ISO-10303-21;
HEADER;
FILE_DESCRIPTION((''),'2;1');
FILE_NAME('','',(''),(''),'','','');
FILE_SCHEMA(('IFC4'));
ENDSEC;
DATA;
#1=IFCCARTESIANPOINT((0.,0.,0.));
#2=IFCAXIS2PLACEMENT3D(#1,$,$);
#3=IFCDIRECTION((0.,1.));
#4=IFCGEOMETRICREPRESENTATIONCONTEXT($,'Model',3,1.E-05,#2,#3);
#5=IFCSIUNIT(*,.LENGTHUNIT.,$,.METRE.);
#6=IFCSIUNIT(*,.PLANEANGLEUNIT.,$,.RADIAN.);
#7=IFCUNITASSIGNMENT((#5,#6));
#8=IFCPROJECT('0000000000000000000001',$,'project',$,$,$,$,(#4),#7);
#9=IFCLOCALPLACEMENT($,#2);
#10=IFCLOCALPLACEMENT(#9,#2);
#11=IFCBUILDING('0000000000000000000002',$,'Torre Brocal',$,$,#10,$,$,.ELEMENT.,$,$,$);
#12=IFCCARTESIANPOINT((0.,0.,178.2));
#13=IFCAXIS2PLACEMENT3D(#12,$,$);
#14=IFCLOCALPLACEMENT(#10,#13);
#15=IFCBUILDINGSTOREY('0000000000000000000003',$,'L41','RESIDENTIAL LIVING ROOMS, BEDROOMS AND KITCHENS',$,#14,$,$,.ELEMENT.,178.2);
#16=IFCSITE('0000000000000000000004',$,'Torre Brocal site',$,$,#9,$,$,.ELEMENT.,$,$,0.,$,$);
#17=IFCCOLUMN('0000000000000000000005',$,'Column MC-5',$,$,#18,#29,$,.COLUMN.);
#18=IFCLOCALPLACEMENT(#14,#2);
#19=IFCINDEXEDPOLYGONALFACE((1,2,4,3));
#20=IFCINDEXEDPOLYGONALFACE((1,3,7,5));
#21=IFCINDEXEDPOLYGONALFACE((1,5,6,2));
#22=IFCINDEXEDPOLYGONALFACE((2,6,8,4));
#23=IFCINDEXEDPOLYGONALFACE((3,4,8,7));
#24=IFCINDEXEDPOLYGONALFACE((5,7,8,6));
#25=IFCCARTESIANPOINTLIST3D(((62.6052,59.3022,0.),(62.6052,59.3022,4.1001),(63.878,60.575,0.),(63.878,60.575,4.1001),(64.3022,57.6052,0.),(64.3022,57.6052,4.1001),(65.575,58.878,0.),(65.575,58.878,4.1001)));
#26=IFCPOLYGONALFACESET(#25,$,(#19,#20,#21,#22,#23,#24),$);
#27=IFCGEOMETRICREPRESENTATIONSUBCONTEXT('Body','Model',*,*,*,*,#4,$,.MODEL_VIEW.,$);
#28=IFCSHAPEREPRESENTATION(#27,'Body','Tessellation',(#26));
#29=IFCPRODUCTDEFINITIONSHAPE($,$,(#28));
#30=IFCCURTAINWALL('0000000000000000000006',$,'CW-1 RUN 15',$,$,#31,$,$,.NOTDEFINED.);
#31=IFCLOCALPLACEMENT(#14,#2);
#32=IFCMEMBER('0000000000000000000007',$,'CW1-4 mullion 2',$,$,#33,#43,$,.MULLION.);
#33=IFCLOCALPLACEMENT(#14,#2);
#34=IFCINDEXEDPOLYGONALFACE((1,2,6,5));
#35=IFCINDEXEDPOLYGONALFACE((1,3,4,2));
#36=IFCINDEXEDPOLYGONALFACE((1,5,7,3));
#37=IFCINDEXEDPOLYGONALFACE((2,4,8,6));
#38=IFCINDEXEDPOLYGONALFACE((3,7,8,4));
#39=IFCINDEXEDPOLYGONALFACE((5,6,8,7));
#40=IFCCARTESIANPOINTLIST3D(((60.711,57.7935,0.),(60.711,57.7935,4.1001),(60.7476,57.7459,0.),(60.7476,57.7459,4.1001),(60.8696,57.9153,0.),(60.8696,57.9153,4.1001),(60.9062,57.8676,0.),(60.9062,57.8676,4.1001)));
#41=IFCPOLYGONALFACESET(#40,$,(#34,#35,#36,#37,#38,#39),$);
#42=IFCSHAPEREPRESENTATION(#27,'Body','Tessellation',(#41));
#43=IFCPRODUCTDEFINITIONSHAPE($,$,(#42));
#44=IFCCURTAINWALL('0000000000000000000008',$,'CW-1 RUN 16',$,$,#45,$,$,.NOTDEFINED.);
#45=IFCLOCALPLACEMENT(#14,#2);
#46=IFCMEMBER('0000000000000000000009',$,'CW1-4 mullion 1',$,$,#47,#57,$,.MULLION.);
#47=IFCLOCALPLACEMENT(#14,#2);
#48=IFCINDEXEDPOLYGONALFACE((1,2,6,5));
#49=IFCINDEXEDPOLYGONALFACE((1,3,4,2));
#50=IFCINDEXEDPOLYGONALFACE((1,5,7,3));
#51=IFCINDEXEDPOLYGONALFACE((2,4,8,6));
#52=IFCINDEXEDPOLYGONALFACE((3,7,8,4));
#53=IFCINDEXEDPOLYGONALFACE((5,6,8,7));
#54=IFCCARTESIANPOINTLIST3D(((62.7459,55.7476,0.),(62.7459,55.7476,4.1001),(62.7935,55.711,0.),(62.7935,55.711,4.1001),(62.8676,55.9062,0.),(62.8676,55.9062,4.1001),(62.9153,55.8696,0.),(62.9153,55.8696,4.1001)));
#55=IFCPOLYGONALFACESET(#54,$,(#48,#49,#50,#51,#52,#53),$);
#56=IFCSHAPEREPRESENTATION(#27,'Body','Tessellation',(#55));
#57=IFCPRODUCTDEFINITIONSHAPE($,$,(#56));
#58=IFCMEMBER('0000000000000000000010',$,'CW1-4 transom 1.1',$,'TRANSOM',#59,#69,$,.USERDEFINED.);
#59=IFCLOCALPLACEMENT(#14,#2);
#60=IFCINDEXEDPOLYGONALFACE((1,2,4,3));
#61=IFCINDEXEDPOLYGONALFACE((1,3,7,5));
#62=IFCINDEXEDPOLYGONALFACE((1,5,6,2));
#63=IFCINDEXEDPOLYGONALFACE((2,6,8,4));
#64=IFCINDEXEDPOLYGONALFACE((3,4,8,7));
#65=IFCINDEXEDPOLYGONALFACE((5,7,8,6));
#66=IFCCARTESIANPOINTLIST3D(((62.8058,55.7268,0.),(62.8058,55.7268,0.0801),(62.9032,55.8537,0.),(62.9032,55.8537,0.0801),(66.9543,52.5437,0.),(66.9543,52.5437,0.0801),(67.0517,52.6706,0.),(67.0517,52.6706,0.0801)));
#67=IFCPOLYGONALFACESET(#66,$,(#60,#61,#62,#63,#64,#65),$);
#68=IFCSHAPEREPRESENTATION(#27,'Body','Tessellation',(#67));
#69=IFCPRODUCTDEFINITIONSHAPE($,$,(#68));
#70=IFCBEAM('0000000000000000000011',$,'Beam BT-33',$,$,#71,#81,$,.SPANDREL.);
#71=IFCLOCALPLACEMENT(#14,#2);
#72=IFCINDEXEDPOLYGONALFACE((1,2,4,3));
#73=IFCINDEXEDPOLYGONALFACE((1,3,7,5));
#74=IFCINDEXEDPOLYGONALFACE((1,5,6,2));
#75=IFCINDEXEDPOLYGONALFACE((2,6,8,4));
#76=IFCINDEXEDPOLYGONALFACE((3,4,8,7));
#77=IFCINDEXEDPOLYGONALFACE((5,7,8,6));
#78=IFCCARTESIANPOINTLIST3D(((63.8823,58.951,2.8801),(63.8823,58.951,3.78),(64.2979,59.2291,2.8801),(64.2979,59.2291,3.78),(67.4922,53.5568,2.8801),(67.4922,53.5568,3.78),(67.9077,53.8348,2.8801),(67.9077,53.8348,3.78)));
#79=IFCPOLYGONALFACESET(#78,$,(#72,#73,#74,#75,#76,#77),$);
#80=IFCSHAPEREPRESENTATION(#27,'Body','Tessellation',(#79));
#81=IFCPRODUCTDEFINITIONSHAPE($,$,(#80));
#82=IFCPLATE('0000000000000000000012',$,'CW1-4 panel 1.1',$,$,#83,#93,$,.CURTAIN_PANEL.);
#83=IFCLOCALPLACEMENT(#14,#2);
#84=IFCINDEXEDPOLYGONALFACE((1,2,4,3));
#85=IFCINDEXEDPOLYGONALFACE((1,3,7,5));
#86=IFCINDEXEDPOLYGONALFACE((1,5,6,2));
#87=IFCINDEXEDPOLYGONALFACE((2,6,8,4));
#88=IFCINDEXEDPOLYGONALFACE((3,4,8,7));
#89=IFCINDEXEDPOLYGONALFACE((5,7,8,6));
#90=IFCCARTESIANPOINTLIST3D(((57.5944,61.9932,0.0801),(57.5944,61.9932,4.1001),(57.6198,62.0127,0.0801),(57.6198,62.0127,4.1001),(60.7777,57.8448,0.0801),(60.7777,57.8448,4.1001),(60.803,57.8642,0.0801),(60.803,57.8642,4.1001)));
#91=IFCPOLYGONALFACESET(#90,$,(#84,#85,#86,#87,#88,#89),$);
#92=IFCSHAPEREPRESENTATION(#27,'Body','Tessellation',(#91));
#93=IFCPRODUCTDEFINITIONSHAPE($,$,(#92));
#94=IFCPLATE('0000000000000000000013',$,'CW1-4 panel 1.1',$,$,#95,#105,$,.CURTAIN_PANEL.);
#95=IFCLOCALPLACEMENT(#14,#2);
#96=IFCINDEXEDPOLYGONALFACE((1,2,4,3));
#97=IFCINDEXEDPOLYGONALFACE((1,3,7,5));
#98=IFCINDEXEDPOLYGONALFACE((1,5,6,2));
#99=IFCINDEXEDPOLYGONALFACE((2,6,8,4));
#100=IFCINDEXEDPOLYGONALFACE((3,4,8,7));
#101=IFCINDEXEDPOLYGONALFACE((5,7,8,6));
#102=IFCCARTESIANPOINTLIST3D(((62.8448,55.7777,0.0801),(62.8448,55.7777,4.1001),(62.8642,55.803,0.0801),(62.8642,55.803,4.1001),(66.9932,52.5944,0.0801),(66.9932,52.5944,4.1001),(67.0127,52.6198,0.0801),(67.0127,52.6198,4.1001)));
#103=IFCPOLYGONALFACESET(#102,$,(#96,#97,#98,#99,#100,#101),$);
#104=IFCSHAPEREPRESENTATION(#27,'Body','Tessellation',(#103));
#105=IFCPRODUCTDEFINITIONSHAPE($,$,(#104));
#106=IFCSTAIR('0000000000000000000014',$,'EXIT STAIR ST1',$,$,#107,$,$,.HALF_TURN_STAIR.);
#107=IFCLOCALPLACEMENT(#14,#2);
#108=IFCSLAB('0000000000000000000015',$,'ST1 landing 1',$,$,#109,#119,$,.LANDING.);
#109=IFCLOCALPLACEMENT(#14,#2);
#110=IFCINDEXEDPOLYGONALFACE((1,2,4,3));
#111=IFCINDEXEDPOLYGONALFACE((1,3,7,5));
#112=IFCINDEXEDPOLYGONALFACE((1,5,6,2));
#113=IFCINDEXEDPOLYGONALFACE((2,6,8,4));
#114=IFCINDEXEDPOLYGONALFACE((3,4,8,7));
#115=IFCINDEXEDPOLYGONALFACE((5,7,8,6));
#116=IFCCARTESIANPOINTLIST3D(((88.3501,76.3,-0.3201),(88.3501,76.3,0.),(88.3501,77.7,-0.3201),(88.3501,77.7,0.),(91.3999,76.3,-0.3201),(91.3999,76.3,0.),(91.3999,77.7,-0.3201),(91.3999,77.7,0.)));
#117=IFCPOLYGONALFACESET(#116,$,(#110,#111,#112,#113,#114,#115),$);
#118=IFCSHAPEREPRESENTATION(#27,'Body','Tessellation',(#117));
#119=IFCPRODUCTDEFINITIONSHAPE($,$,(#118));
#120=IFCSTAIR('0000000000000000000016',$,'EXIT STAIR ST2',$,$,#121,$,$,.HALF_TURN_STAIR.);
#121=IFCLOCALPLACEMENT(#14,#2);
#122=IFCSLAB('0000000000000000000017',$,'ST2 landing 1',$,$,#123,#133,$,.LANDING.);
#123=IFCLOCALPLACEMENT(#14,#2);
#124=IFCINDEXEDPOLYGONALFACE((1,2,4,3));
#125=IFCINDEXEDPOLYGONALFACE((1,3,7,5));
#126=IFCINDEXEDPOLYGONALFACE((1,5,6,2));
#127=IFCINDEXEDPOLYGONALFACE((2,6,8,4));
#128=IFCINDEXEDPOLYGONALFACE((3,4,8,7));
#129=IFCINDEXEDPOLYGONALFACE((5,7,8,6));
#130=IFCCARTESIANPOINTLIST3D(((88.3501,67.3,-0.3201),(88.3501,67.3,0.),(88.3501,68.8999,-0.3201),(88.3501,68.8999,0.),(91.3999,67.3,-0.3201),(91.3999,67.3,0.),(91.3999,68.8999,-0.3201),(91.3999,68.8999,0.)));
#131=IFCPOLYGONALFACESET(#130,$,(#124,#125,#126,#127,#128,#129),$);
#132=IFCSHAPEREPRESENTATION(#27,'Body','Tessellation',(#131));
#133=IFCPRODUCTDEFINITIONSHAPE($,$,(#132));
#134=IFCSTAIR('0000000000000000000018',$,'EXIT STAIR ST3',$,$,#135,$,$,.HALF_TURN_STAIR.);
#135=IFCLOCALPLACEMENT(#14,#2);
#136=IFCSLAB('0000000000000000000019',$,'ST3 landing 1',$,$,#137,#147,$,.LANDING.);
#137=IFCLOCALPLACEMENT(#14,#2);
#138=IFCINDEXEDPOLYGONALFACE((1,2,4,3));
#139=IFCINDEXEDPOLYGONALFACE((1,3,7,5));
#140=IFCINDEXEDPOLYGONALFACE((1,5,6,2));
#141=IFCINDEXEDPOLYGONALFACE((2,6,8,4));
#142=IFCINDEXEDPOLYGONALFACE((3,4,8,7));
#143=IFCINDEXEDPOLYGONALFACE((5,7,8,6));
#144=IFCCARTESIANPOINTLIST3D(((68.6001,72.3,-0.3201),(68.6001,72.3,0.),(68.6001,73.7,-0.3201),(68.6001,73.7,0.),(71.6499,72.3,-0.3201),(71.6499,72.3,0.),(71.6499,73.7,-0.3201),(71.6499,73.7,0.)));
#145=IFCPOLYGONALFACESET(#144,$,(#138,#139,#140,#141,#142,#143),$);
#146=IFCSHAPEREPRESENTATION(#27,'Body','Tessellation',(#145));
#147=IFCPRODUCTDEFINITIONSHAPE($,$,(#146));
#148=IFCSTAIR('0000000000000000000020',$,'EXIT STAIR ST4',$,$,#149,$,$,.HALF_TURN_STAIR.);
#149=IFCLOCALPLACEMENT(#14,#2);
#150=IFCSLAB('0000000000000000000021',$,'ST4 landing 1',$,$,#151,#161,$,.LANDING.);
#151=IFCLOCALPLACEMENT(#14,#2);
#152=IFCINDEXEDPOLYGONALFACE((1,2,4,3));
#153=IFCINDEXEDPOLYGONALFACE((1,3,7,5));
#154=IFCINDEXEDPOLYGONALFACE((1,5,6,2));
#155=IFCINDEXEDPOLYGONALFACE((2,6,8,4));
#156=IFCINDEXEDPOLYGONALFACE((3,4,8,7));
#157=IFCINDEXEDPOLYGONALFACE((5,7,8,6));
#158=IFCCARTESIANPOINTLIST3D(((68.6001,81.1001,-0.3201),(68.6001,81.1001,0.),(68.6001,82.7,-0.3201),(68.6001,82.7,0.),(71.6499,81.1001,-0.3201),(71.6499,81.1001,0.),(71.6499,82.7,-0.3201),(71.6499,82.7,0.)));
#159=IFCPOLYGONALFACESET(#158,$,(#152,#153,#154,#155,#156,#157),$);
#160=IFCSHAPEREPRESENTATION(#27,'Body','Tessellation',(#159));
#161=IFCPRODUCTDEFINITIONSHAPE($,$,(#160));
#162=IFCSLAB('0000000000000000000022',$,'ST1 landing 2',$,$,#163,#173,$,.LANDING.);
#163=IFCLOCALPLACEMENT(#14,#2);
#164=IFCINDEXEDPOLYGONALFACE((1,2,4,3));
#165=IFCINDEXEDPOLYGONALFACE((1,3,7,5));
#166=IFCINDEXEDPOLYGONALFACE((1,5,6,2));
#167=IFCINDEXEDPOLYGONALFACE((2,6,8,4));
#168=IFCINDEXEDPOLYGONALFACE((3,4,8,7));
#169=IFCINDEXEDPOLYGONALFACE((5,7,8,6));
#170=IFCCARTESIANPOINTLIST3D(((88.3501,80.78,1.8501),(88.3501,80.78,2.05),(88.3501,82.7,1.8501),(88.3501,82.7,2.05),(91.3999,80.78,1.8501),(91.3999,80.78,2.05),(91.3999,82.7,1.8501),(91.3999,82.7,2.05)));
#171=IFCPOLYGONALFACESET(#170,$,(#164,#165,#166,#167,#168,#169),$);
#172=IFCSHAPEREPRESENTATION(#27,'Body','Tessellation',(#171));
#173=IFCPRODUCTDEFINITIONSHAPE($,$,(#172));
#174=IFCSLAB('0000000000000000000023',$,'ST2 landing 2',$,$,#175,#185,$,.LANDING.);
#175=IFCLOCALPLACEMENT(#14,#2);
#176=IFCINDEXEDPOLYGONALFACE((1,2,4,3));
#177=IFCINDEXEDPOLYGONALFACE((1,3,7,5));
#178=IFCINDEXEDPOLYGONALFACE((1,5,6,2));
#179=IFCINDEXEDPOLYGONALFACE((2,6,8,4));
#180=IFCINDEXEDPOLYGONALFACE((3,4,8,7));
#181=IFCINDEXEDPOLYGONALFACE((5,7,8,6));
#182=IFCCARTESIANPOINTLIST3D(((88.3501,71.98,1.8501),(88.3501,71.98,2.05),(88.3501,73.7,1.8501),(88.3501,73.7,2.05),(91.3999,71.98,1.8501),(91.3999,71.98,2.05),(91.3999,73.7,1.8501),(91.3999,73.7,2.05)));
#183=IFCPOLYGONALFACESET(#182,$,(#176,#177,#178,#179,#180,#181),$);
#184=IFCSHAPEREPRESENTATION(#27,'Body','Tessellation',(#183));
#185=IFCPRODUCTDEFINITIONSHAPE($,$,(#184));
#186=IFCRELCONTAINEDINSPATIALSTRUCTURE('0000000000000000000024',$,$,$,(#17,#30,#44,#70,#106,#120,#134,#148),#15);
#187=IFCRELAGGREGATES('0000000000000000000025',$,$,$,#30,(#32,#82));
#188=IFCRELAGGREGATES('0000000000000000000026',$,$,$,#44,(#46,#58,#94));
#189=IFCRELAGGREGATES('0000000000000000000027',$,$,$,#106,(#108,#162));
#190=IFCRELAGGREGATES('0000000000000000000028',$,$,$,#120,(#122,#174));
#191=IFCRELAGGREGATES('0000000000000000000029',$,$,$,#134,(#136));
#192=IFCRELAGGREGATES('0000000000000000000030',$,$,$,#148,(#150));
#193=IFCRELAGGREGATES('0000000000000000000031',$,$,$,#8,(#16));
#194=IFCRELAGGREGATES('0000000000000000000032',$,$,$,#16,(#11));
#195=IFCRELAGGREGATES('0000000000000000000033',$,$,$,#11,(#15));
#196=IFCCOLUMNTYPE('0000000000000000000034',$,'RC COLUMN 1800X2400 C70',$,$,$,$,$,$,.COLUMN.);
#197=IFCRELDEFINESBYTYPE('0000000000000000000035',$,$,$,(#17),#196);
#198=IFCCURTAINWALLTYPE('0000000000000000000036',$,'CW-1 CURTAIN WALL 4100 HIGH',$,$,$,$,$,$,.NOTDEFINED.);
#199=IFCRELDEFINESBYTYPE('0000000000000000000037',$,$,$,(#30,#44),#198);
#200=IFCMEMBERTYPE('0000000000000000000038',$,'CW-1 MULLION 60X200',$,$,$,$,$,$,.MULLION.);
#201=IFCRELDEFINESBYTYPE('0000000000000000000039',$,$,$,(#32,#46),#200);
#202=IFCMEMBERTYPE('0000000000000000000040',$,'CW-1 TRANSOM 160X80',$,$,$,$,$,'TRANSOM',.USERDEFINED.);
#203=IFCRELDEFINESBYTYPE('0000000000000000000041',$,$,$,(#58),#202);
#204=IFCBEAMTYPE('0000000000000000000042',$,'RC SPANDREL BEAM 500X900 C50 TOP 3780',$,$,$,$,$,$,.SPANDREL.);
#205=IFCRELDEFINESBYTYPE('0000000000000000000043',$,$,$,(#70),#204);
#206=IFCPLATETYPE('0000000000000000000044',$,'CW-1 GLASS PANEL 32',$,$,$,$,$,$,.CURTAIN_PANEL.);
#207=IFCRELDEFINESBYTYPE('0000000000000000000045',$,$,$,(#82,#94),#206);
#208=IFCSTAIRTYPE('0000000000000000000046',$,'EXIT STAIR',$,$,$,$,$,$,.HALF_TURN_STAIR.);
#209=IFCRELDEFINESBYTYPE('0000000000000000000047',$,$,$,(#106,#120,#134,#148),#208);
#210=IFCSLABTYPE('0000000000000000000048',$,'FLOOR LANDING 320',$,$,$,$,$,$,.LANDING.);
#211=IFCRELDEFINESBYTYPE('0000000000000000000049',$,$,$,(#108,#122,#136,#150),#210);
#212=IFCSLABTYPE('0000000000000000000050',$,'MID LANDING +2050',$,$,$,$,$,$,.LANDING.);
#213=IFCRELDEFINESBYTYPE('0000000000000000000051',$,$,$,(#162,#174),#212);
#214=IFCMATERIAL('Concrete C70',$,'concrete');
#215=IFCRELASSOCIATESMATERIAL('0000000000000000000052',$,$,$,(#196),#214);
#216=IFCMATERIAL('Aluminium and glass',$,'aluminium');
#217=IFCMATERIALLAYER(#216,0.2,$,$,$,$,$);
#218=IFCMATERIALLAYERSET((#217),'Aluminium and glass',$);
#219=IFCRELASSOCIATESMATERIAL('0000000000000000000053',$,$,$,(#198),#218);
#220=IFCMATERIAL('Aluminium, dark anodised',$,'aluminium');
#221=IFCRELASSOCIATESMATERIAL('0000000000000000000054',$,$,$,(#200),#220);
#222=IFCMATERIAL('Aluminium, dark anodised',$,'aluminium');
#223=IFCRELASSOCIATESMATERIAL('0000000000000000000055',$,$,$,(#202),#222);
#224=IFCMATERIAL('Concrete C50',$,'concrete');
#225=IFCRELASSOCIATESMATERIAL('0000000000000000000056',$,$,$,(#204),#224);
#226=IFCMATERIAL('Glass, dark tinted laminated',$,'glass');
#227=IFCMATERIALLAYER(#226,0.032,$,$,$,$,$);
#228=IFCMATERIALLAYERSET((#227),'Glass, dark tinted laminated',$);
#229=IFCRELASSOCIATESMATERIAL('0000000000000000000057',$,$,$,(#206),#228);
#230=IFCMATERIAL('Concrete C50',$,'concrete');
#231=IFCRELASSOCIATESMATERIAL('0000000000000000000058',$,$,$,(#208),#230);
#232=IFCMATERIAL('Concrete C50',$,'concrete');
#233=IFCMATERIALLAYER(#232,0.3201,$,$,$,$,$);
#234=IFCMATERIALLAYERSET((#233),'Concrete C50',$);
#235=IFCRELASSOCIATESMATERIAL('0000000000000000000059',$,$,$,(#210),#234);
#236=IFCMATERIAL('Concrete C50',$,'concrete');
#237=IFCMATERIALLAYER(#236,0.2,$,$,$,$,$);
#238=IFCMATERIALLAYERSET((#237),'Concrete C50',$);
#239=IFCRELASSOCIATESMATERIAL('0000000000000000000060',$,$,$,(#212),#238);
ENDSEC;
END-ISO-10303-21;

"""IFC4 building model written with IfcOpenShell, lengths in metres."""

from ifc_helpers import new_model, si_unit, direction, frame, origin, origin_2d, place, context, subcontext, project, spatial, polyline, rectangle, outline, extrude, material, layer, layer_set, material_profile, profile_set, type_object, element, aggregate, save


model = new_model("IFC4")

# Units and contexts
model_context = context("Model", 3, precision=1e-05, world=origin(), true_north=direction((0.0, 1.0)))
body_context = subcontext(model_context, "Body", "Model", "MODEL_VIEW")
ifc_project = project(units=[si_unit("LENGTHUNIT", "METRE"), si_unit("PLANEANGLEUNIT", "RADIAN")], contexts=[model_context])

# Site, building, storey
site_placement = place(None, origin())
site = spatial("IfcSite", under=ifc_project, at=site_placement, Name="Torre Brocal site", CompositionType="ELEMENT", RefElevation=0.0)
building_placement = place(site_placement, origin())
building = spatial("IfcBuilding", under=site, at=building_placement, Name="Torre Brocal", CompositionType="ELEMENT")
storey_placement = place(building_placement, frame((0.0, 0.0, 178.2)))
storey = spatial("IfcBuildingStorey", under=building, at=storey_placement, Name="L41", Description="RESIDENTIAL LIVING ROOMS, BEDROOMS AND KITCHENS", CompositionType="ELEMENT", Elevation=178.2)

# Column
ifc_material_1 = material(Name="Concrete C70", Category="concrete")
ifc_material_profile_1 = material_profile(ifc_material_1, rectangle(XDim=1.8, YDim=2.3999, at=origin_2d()), Name="RC 1800X2400")
ifc_profile_set_1 = profile_set([ifc_material_profile_1], Name="Concrete C70")
column_type = type_object("IfcColumnType", Name="RC COLUMN 1800X2400 C70", PredefinedType="COLUMN", material=ifc_profile_set_1)
column_placement = place(storey_placement, frame((64.0901, 59.0901, 0.0), z_axis=(0.0, 0.0, 1.0), x_axis=(-0.707107, -0.707107, 0.0)))
element("IfcColumn", 1, at=column_placement, inside=storey, type_object=column_type, Name="Column MC-5", PredefinedType="COLUMN", context=body_context, shape_type="SweptSolid", body=[
    extrude(rectangle(XDim=1.8, YDim=2.3999, at=origin_2d()), origin(), (0.0, 0.0, 1.0), 4.1001),
])

# Curtain wall, member
ifc_material_2 = material(Name="Aluminium and glass", Category="aluminium")
ifc_layer_1 = layer(ifc_material_2, 0.2)
ifc_layer_set_1 = layer_set([ifc_layer_1], Name="Aluminium and glass")
curtain_wall_type = type_object("IfcCurtainWallType", Name="CW-1 CURTAIN WALL 4100 HIGH", PredefinedType="NOTDEFINED", material=ifc_layer_set_1)
curtain_wall_1_placement = place(storey_placement, origin())
curtain_wall_1 = element("IfcCurtainWall", 2, at=curtain_wall_1_placement, inside=storey, type_object=curtain_wall_type, Name="CW-1 RUN 15", PredefinedType="NOTDEFINED")
ifc_material_3 = material(Name="Aluminium, dark anodised", Category="aluminium")
ifc_material_profile_2 = material_profile(ifc_material_3, rectangle(XDim=0.2, YDim=0.0601, at=origin_2d()), Name="CW-1 MULLION 60X200")
ifc_profile_set_2 = profile_set([ifc_material_profile_2], Name="Aluminium, dark anodised")
member_type_1 = type_object("IfcMemberType", Name="CW-1 MULLION 60X200", PredefinedType="MULLION", material=ifc_profile_set_2)
member_1_placement = place(storey_placement, frame((60.8086, 57.8306, 0.0), z_axis=(0.0, 0.0, 1.0), x_axis=(0.793353, 0.608761, 0.0)))
member_1 = element("IfcMember", 3, at=member_1_placement, type_object=member_type_1, Name="CW1-4 mullion 2", PredefinedType="MULLION", context=body_context, shape_type="SweptSolid", body=[
    extrude(rectangle(XDim=0.2, YDim=0.0601, at=origin_2d()), origin(), (0.0, 0.0, 1.0), 4.1001),
])

# Curtain wall, members
curtain_wall_2_placement = place(storey_placement, origin())
curtain_wall_2 = element("IfcCurtainWall", 4, at=curtain_wall_2_placement, inside=storey, type_object=curtain_wall_type, Name="CW-1 RUN 16", PredefinedType="NOTDEFINED")
member_2_placement = place(storey_placement, frame((62.8306, 55.8086, 0.0), z_axis=(0.0, 0.0, 1.0), x_axis=(0.608761, 0.793353, 0.0)))
member_2 = element("IfcMember", 5, at=member_2_placement, type_object=member_type_1, Name="CW1-4 mullion 1", PredefinedType="MULLION", context=body_context, shape_type="SweptSolid", body=[
    extrude(rectangle(XDim=0.2, YDim=0.0601, at=origin_2d()), origin(), (0.0, 0.0, 1.0), 4.1001),
])
ifc_material_4 = material(Name="Aluminium, dark anodised", Category="aluminium")
ifc_material_profile_3 = material_profile(ifc_material_4, rectangle(XDim=0.1599, YDim=0.0801, at=origin_2d()), Name="CW-1 TRANSOM 160X80")
ifc_profile_set_3 = profile_set([ifc_material_profile_3], Name="Aluminium, dark anodised")
member_type_2 = type_object("IfcMemberType", Name="CW-1 TRANSOM 160X80", ElementType="TRANSOM", PredefinedType="USERDEFINED", material=ifc_profile_set_3)
member_3_placement = place(storey_placement, frame((62.8545, 55.7903, 0.04), z_axis=(0.793363, -0.608749, 0.0), x_axis=(0.608749, 0.793363, 0.0)))
member_3 = element("IfcMember", 6, at=member_3_placement, type_object=member_type_2, Name="CW1-4 transom 1.1", ObjectType="TRANSOM", PredefinedType="USERDEFINED", context=body_context, shape_type="SweptSolid", body=[
    extrude(rectangle(XDim=0.1599, YDim=0.0801, at=origin_2d()), origin(), (0.0, 0.0, 1.0), 5.229),
])

# Beam
ifc_material_5 = material(Name="Concrete C50", Category="concrete")
ifc_material_profile_4 = material_profile(ifc_material_5, rectangle(XDim=0.5, YDim=0.8999, at=origin_2d()), Name="RC 500X900")
ifc_profile_set_4 = profile_set([ifc_material_profile_4], Name="Concrete C50")
beam_type = type_object("IfcBeamType", Name="RC SPANDREL BEAM 500X900 C50 TOP 3780", PredefinedType="SPANDREL", material=ifc_profile_set_4)
beam_placement = place(storey_placement, frame((64.0901, 59.0901, 3.3301), z_axis=(0.556158, -0.831077, 0.0), x_axis=(0.831077, 0.556158, 0.0)))
element("IfcBeam", 7, at=beam_placement, inside=storey, type_object=beam_type, Name="Beam BT-33", PredefinedType="SPANDREL", context=body_context, shape_type="SweptSolid", body=[
    extrude(rectangle(XDim=0.5, YDim=0.8999, at=origin_2d()), origin(), (0.0, 0.0, 1.0), 6.4907),
])

# Plates
ifc_material_6 = material(Name="Glass, dark tinted laminated", Category="glass")
ifc_layer_2 = layer(ifc_material_6, 0.032)
ifc_layer_set_2 = layer_set([ifc_layer_2], Name="Glass, dark tinted laminated")
plate_type = type_object("IfcPlateType", Name="CW-1 GLASS PANEL 32", PredefinedType="CURTAIN_PANEL", material=ifc_layer_set_2)
plate_1_placement = place(storey_placement, frame((59.1987, 59.9287, 0.0801), z_axis=(0.0, 0.0, 1.0), x_axis=(0.608761, -0.793353, 0.0)))
plate_1 = element("IfcPlate", 8, at=plate_1_placement, type_object=plate_type, Name="CW1-4 panel 1.1", PredefinedType="CURTAIN_PANEL", context=body_context, shape_type="SweptSolid", body=[
    extrude(rectangle(XDim=5.229, YDim=0.032, at=origin_2d()), origin(), (0.0, 0.0, 1.0), 4.02),
])
aggregate(curtain_wall_1, [member_1, plate_1])
plate_2_placement = place(storey_placement, frame((64.9287, 54.1987, 0.0801), z_axis=(0.0, 0.0, 1.0), x_axis=(0.793353, -0.608761, 0.0)))
plate_2 = element("IfcPlate", 9, at=plate_2_placement, type_object=plate_type, Name="CW1-4 panel 1.1", PredefinedType="CURTAIN_PANEL", context=body_context, shape_type="SweptSolid", body=[
    extrude(rectangle(XDim=5.229, YDim=0.032, at=origin_2d()), origin(), (0.0, 0.0, 1.0), 4.02),
])
aggregate(curtain_wall_2, [member_2, member_3, plate_2])

# Stairs, slabs
ifc_material_7 = material(Name="Concrete C50", Category="concrete")
stair_type = type_object("IfcStairType", Name="EXIT STAIR", PredefinedType="HALF_TURN_STAIR", material=ifc_material_7)
stair_1_placement = place(storey_placement, origin())
stair_1 = element("IfcStair", 10, at=stair_1_placement, inside=storey, type_object=stair_type, Name="EXIT STAIR ST1", PredefinedType="HALF_TURN_STAIR")
ifc_material_8 = material(Name="Concrete C50", Category="concrete")
ifc_layer_3 = layer(ifc_material_8, 0.3201)
ifc_layer_set_3 = layer_set([ifc_layer_3], Name="Concrete C50")
slab_type_1 = type_object("IfcSlabType", Name="FLOOR LANDING 320", PredefinedType="LANDING", material=ifc_layer_set_3)
slab_1_placement = place(storey_placement, frame((0.0, 0.0, -0.3201)))
slab_1 = element("IfcSlab", 11, at=slab_1_placement, type_object=slab_type_1, Name="ST1 landing 1", PredefinedType="LANDING", context=body_context, shape_type="SweptSolid", body=[
    extrude(outline(polyline([(88.3501, 76.3), (91.3999, 76.3), (91.3999, 77.7), (88.3501, 77.7), (88.3501, 76.3)])), origin(), (0.0, 0.0, 1.0), 0.3201),
])
stair_2_placement = place(storey_placement, origin())
stair_2 = element("IfcStair", 12, at=stair_2_placement, inside=storey, type_object=stair_type, Name="EXIT STAIR ST2", PredefinedType="HALF_TURN_STAIR")
slab_2_placement = place(storey_placement, frame((0.0, 0.0, -0.3201)))
slab_2 = element("IfcSlab", 13, at=slab_2_placement, type_object=slab_type_1, Name="ST2 landing 1", PredefinedType="LANDING", context=body_context, shape_type="SweptSolid", body=[
    extrude(outline(polyline([(88.3501, 67.3), (91.3999, 67.3), (91.3999, 68.8999), (88.3501, 68.8999), (88.3501, 67.3)])), origin(), (0.0, 0.0, 1.0), 0.3201),
])
stair_3_placement = place(storey_placement, origin())
stair_3 = element("IfcStair", 14, at=stair_3_placement, inside=storey, type_object=stair_type, Name="EXIT STAIR ST3", PredefinedType="HALF_TURN_STAIR")
slab_3_placement = place(storey_placement, frame((0.0, 0.0, -0.3201)))
slab_3 = element("IfcSlab", 15, at=slab_3_placement, type_object=slab_type_1, Name="ST3 landing 1", PredefinedType="LANDING", context=body_context, shape_type="SweptSolid", body=[
    extrude(outline(polyline([(71.6499, 73.7), (68.6001, 73.7), (68.6001, 72.3), (71.6499, 72.3), (71.6499, 73.7)])), origin(), (0.0, 0.0, 1.0), 0.3201),
])
stair_4_placement = place(storey_placement, origin())
stair_4 = element("IfcStair", 16, at=stair_4_placement, inside=storey, type_object=stair_type, Name="EXIT STAIR ST4", PredefinedType="HALF_TURN_STAIR")
slab_4_placement = place(storey_placement, frame((0.0, 0.0, -0.3201)))
slab_4 = element("IfcSlab", 17, at=slab_4_placement, type_object=slab_type_1, Name="ST4 landing 1", PredefinedType="LANDING", context=body_context, shape_type="SweptSolid", body=[
    extrude(outline(polyline([(71.6499, 82.7), (68.6001, 82.7), (68.6001, 81.1001), (71.6499, 81.1001), (71.6499, 82.7)])), origin(), (0.0, 0.0, 1.0), 0.3201),
])

# Slabs
ifc_material_9 = material(Name="Concrete C50", Category="concrete")
ifc_layer_4 = layer(ifc_material_9, 0.2)
ifc_layer_set_4 = layer_set([ifc_layer_4], Name="Concrete C50")
slab_type_2 = type_object("IfcSlabType", Name="MID LANDING +2050", PredefinedType="LANDING", material=ifc_layer_set_4)
slab_5_placement = place(storey_placement, frame((0.0, 0.0, 1.8501)))
slab_5 = element("IfcSlab", 18, at=slab_5_placement, type_object=slab_type_2, Name="ST1 landing 2", PredefinedType="LANDING", context=body_context, shape_type="SweptSolid", body=[
    extrude(outline(polyline([(88.3501, 80.78), (91.3999, 80.78), (91.3999, 82.7), (88.3501, 82.7), (88.3501, 80.78)])), origin(), (0.0, 0.0, 1.0), 0.2),
])
aggregate(stair_1, [slab_1, slab_5])
slab_6_placement = place(storey_placement, frame((0.0, 0.0, 1.8501)))
slab_6 = element("IfcSlab", 19, at=slab_6_placement, type_object=slab_type_2, Name="ST2 landing 2", PredefinedType="LANDING", context=body_context, shape_type="SweptSolid", body=[
    extrude(outline(polyline([(88.3501, 71.98), (91.3999, 71.98), (91.3999, 73.7), (88.3501, 73.7), (88.3501, 71.98)])), origin(), (0.0, 0.0, 1.0), 0.2),
])
aggregate(stair_2, [slab_2, slab_6])
aggregate(stair_3, [slab_3])
aggregate(stair_4, [slab_4])

save(model, "model.ifc")
